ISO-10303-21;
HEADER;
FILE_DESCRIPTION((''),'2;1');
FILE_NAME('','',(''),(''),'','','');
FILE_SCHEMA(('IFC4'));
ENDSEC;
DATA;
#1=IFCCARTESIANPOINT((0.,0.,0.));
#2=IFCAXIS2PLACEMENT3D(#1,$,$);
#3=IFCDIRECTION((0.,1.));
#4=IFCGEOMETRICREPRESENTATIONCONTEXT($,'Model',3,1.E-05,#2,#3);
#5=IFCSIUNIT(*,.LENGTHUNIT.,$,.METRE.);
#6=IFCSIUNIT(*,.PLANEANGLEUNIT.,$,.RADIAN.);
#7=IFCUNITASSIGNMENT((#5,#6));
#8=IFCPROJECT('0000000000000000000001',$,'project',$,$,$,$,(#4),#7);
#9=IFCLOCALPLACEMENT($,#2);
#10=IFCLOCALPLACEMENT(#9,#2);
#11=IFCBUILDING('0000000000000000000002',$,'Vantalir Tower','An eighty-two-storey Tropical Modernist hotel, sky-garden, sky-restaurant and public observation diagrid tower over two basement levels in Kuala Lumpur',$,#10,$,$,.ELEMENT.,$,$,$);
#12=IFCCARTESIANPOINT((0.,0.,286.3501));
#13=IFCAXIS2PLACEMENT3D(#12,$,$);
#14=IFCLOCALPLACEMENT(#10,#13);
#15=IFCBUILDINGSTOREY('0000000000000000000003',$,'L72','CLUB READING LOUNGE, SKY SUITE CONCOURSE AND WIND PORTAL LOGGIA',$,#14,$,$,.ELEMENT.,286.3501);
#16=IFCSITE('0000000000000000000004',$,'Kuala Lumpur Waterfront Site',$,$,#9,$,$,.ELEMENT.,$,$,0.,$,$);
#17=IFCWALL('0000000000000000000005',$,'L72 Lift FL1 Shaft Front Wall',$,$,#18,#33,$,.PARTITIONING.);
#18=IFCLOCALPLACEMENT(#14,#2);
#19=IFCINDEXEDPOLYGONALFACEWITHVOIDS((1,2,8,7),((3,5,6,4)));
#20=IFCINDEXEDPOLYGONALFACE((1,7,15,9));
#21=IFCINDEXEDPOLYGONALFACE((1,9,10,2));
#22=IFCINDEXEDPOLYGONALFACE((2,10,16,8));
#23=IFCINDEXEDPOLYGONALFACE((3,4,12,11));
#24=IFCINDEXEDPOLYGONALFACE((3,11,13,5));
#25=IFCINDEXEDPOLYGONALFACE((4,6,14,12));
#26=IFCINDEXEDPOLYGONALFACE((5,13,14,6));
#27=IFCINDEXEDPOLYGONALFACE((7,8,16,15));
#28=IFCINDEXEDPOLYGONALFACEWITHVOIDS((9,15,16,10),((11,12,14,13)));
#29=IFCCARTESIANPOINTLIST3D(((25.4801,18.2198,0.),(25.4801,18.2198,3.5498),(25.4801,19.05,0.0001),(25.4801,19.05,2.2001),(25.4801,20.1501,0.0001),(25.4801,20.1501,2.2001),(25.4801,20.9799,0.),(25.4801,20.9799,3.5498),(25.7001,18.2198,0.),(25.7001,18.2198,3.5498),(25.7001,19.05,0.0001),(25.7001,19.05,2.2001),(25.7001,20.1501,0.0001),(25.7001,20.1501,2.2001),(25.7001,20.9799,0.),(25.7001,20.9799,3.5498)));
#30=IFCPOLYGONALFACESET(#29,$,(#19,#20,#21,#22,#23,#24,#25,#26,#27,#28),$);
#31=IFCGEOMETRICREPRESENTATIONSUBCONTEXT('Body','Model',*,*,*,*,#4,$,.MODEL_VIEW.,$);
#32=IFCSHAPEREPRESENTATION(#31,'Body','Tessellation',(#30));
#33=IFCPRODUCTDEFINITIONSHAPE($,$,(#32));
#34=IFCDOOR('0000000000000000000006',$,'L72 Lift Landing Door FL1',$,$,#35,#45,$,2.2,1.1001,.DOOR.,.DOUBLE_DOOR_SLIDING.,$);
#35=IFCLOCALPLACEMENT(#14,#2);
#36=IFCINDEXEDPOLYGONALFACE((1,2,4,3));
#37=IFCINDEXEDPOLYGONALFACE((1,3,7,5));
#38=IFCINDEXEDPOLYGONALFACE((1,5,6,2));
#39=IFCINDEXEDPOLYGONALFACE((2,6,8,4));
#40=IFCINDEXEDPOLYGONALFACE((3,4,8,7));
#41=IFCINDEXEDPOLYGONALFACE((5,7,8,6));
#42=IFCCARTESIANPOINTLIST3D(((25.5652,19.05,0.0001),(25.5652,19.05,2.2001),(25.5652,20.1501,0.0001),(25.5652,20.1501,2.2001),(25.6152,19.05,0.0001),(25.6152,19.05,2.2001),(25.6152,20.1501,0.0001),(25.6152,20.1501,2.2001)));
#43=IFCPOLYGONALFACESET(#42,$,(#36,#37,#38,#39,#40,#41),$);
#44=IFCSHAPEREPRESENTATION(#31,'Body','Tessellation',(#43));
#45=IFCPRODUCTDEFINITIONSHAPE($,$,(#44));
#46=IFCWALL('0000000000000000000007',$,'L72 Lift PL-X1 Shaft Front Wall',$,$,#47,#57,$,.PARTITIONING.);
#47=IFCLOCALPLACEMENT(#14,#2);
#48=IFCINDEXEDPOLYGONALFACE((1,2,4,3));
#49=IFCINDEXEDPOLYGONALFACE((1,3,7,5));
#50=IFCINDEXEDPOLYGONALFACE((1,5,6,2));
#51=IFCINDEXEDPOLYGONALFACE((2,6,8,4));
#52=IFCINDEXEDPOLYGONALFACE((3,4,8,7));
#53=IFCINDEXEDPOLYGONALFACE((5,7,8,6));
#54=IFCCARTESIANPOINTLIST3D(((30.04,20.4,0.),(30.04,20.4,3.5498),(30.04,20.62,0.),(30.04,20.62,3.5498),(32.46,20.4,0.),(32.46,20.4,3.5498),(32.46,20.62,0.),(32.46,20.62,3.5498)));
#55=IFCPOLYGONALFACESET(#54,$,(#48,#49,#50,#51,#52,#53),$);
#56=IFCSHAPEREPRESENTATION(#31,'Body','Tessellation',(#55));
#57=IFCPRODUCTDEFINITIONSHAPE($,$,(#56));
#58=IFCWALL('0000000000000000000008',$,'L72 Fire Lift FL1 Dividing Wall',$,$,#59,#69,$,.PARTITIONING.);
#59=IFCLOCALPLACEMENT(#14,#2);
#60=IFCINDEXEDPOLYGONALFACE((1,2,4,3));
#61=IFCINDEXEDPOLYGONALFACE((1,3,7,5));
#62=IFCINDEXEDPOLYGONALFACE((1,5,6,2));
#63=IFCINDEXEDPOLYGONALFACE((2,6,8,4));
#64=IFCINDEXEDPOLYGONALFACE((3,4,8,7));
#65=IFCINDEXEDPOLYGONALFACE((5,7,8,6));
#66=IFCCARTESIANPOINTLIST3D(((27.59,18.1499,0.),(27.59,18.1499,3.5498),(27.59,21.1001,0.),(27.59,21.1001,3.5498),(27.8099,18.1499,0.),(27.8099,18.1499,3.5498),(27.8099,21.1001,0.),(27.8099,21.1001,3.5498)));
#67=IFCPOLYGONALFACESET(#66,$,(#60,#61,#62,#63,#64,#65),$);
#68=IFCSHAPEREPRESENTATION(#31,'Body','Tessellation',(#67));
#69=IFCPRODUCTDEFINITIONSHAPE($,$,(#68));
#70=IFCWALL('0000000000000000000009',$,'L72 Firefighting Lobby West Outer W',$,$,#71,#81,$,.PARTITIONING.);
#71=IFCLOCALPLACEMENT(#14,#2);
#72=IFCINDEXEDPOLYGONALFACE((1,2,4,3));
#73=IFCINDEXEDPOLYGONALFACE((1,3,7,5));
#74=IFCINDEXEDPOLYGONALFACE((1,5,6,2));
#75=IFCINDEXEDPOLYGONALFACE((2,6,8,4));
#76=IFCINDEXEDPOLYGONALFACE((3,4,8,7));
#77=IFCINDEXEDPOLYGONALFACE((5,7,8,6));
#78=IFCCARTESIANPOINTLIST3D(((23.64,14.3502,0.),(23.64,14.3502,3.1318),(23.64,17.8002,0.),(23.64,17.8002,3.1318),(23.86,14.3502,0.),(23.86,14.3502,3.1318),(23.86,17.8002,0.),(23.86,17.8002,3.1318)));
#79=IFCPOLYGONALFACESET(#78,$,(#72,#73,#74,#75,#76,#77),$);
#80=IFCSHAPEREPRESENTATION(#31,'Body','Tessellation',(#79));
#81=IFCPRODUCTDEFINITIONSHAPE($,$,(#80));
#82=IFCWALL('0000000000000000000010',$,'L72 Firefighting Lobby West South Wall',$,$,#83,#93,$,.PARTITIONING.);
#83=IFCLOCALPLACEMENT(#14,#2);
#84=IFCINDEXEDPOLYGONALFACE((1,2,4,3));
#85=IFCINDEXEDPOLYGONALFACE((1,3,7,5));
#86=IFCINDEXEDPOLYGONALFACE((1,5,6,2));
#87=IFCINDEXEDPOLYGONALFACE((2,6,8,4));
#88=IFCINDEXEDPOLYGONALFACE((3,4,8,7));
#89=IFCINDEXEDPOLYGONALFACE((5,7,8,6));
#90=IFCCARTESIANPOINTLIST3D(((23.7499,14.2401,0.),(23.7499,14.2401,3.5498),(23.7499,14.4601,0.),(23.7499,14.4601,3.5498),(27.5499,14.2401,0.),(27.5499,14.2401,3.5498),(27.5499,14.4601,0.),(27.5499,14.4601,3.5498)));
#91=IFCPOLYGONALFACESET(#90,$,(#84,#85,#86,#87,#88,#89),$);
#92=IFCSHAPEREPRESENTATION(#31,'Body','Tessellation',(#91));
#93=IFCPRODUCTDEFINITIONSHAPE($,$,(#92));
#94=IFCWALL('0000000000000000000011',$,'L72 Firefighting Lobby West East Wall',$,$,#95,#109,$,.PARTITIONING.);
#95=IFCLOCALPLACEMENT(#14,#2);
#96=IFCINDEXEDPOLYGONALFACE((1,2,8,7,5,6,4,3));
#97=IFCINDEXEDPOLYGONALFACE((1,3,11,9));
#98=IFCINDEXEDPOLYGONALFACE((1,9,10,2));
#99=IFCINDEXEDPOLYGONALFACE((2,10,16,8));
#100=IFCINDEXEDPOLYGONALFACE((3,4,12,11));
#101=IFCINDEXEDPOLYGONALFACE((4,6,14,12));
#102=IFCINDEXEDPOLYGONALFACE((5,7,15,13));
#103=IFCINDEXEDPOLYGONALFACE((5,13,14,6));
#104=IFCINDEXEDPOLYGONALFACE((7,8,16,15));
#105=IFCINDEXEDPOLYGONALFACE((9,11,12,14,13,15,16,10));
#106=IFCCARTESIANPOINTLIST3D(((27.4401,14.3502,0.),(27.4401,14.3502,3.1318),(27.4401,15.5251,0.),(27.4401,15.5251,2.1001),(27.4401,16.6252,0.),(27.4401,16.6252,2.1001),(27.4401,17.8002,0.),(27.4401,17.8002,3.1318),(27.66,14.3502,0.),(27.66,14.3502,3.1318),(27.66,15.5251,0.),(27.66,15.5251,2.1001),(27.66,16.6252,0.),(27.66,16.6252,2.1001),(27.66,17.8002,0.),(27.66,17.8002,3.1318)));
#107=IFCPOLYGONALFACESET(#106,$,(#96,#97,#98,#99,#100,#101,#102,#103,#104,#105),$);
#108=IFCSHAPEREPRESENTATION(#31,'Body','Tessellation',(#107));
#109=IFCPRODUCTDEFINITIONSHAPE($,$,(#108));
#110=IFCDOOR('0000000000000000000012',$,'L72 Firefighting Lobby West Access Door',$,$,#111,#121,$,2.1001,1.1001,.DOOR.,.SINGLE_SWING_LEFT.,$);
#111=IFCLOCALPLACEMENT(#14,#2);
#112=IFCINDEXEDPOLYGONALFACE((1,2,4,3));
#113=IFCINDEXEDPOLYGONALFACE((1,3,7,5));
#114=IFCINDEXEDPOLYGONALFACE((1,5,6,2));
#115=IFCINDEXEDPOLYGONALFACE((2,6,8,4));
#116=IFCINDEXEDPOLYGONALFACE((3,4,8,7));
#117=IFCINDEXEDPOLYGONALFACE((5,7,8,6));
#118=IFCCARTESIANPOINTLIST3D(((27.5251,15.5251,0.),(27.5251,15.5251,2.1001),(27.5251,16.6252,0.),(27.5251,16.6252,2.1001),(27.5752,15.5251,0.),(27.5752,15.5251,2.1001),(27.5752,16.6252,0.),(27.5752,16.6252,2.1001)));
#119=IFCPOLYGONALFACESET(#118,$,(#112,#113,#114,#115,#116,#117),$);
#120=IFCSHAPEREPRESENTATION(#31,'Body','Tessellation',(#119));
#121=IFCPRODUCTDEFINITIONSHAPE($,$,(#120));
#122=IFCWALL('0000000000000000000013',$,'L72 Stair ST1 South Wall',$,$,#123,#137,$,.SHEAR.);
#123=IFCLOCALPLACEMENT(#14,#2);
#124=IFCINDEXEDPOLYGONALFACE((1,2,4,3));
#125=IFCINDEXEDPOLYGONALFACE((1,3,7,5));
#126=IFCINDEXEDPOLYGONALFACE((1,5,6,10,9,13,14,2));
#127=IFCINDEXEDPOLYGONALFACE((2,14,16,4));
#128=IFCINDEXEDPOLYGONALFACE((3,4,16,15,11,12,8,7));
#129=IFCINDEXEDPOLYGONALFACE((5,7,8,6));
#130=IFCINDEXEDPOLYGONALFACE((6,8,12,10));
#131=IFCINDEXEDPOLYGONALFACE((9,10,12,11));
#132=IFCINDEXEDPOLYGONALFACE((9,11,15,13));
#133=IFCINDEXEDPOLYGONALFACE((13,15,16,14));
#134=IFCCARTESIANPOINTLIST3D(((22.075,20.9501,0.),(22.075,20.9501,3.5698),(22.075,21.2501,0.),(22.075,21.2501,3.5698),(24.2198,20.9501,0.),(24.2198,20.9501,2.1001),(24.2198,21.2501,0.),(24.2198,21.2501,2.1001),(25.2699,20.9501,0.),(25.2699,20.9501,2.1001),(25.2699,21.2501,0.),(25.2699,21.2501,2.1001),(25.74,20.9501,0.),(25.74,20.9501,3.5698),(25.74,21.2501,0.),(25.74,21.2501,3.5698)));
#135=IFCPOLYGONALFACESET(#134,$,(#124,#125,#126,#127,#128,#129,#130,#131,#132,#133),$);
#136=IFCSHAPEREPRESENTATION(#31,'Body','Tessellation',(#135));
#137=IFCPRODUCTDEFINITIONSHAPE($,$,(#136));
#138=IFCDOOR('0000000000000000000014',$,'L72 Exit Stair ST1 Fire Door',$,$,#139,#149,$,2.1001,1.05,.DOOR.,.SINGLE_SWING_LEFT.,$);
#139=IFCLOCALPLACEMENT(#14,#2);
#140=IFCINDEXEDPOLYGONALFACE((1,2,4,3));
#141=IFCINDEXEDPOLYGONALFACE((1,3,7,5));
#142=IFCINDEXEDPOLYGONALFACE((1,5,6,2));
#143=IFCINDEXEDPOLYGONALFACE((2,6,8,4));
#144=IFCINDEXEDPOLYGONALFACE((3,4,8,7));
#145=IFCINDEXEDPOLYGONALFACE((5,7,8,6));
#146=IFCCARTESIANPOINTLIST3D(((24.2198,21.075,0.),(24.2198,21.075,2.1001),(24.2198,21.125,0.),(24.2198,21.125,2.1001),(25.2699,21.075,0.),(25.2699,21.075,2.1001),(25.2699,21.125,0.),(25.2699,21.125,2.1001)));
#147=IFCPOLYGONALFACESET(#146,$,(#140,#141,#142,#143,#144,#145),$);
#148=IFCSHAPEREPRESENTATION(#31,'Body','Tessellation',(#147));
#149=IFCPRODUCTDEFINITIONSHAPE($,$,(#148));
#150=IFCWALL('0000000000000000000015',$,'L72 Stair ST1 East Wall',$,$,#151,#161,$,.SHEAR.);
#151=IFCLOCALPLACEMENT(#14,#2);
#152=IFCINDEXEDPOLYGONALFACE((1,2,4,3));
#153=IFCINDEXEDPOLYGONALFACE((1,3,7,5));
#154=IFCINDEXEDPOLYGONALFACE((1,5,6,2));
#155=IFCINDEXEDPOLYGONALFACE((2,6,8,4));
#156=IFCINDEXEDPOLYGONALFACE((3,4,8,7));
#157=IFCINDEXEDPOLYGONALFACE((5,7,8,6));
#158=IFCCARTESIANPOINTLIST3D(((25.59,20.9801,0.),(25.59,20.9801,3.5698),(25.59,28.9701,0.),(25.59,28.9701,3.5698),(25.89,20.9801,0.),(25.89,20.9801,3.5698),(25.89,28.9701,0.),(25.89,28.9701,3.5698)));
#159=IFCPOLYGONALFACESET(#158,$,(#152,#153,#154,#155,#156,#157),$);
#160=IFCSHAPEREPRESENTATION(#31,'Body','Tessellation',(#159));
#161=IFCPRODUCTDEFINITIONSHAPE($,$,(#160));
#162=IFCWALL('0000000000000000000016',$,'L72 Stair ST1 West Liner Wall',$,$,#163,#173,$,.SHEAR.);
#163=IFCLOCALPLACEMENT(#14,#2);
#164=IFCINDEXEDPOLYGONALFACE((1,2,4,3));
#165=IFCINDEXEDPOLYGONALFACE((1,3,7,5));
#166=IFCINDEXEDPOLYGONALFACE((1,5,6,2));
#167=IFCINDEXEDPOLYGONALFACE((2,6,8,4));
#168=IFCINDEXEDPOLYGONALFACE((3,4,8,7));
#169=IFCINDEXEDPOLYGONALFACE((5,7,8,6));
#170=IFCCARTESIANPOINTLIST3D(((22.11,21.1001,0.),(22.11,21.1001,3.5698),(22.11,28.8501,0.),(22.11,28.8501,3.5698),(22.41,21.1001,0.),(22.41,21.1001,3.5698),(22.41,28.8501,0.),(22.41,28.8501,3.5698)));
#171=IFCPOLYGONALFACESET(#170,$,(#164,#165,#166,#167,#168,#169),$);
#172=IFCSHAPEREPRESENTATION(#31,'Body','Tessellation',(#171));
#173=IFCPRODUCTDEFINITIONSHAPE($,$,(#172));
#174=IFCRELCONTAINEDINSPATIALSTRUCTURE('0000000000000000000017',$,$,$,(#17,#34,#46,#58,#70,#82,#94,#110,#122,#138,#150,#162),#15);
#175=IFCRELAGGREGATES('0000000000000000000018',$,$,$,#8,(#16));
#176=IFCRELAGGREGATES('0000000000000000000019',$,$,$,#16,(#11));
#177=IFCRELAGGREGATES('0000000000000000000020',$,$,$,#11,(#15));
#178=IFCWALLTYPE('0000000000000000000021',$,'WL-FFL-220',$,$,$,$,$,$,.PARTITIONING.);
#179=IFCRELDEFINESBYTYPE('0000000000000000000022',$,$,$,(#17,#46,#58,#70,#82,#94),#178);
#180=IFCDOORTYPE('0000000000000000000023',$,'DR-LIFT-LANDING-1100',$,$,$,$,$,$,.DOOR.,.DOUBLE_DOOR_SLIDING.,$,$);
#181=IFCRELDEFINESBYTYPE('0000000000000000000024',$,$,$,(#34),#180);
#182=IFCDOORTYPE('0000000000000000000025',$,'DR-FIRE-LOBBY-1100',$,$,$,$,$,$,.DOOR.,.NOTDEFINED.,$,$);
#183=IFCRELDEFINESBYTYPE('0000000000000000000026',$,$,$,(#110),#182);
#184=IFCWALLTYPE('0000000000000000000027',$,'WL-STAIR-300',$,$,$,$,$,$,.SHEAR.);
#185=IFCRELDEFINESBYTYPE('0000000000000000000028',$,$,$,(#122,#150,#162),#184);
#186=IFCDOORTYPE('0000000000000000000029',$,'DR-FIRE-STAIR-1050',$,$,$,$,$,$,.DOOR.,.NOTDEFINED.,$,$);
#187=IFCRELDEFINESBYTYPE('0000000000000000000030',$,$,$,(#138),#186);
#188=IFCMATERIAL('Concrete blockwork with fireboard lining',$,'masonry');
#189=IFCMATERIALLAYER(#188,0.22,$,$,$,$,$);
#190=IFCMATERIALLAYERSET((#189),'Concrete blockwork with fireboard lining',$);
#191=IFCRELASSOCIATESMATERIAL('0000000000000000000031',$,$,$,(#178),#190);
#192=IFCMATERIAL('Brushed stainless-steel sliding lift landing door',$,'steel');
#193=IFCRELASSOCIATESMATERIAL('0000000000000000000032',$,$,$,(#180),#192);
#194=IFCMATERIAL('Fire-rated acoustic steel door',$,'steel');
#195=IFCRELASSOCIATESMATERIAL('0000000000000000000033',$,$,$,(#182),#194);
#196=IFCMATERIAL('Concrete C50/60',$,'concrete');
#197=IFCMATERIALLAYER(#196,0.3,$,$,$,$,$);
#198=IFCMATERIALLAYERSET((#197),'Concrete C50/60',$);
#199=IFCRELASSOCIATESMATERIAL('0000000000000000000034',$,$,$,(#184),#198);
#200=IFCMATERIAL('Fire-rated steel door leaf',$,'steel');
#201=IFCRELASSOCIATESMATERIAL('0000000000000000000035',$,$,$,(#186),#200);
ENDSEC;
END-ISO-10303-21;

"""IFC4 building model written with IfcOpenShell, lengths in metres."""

from ifc_helpers import new_model, si_unit, direction, frame, frame_2d, origin, place, context, subcontext, project, spatial, rectangle, extrude, material, layer, layer_set, type_object, element, fill, save


model = new_model("IFC4")

# Units and contexts
model_context = context("Model", 3, precision=1e-05, world=origin(), true_north=direction((0.0, 1.0)))
body_context = subcontext(model_context, "Body", "Model", "MODEL_VIEW")
ifc_project = project(units=[si_unit("LENGTHUNIT", "METRE"), si_unit("PLANEANGLEUNIT", "RADIAN")], contexts=[model_context])

# Site, building, storey
site_placement = place(None, origin())
site = spatial("IfcSite", under=ifc_project, at=site_placement, Name="Kuala Lumpur Waterfront Site", CompositionType="ELEMENT", RefElevation=0.0)
building_placement = place(site_placement, origin())
building = spatial("IfcBuilding", under=site, at=building_placement, Name="Vantalir Tower", Description="An eighty-two-storey Tropical Modernist hotel, sky-garden, sky-restaurant and public observation diagrid tower over two basement levels in Kuala Lumpur", CompositionType="ELEMENT")
storey_placement = place(building_placement, frame((0.0, 0.0, 286.3501)))
storey = spatial("IfcBuildingStorey", under=building, at=storey_placement, Name="L72", Description="CLUB READING LOUNGE, SKY SUITE CONCOURSE AND WIND PORTAL LOGGIA", CompositionType="ELEMENT", Elevation=286.3501)

# Shared definitions
ifc_material_1 = material(Name="Concrete C50/60", Category="concrete")

# Shared definitions
ifc_material_2 = material(Name="Concrete blockwork with fireboard lining", Category="masonry")
ifc_layer_1 = layer(ifc_material_2, 0.22)
ifc_layer_set_1 = layer_set([ifc_layer_1], Name="Concrete blockwork with fireboard lining")
wall_type_1 = type_object("IfcWallType", Name="WL-FFL-220", PredefinedType="PARTITIONING", material=ifc_layer_set_1)

# Wall, opening, door
wall_1_placement = place(storey_placement, frame((25.5901, 18.22, 0.0), z_axis=(0.0, 0.0, 1.0), x_axis=(0.0, 1.0, 0.0)))
wall_1 = element("IfcWall", 1, at=wall_1_placement, inside=storey, type_object=wall_type_1, Name="L72 Lift FL1 Shaft Front Wall", PredefinedType="PARTITIONING", context=body_context, shape_type="SweptSolid", body=[
    extrude(rectangle(XDim=2.76, YDim=0.22, at=frame_2d((1.3799, 0.0))), origin(), (0.0, 0.0, 1.0), 3.5498),
])
opening_1_placement = place(wall_1_placement, frame((0.8301, 0.0, 0.0)))
opening_1 = element("IfcOpeningElement", 2, at=opening_1_placement, cuts=wall_1, PredefinedType="OPENING", context=body_context, shape_type="SweptSolid", body=[
    extrude(rectangle(XDim=1.1001, YDim=2.2, at=frame_2d((0.55, 1.1001))), frame((0.0, 0.1199, 0.0), z_axis=(0.0, -1.0, 0.0), x_axis=(1.0, 0.0, 0.0)), (0.0, 0.0, 1.0), 0.24),
])
ifc_material_3 = material(Name="Brushed stainless-steel sliding lift landing door", Category="steel")
door_type_1 = type_object("IfcDoorType", Name="DR-LIFT-LANDING-1100", OperationType="DOUBLE_DOOR_SLIDING", PredefinedType="DOOR", material=ifc_material_3)
door_1_placement = place(opening_1_placement, origin())
door_1 = element("IfcDoor", 3, at=door_1_placement, inside=storey, type_object=door_type_1, Name="L72 Lift Landing Door FL1", OperationType="DOUBLE_DOOR_SLIDING", OverallHeight=2.2, OverallWidth=1.1001, PredefinedType="DOOR", context=body_context, shape_type="SweptSolid", body=[
    extrude(rectangle(XDim=1.1001, YDim=2.2, at=frame_2d((0.55, 1.1001))), frame((0.0, 0.0249, 0.0), z_axis=(0.0, -1.0, 0.0), x_axis=(1.0, 0.0, 0.0)), (0.0, 0.0, 1.0), 0.05),
])
fill(opening_1, door_1)

# Walls
wall_2_placement = place(storey_placement, frame((30.04, 20.51, 0.0), z_axis=(0.0, 0.0, 1.0), x_axis=(1.0, 0.0, 0.0)))
element("IfcWall", 4, at=wall_2_placement, inside=storey, type_object=wall_type_1, Name="L72 Lift PL-X1 Shaft Front Wall", PredefinedType="PARTITIONING", context=body_context, shape_type="SweptSolid", body=[
    extrude(rectangle(XDim=2.4199, YDim=0.22, at=frame_2d((1.21, 0.0))), origin(), (0.0, 0.0, 1.0), 3.5498),
])
wall_3_placement = place(storey_placement, frame((27.7, 18.1499, 0.0), z_axis=(0.0, 0.0, 1.0), x_axis=(0.0, 1.0, 0.0)))
element("IfcWall", 5, at=wall_3_placement, inside=storey, type_object=wall_type_1, Name="L72 Fire Lift FL1 Dividing Wall", PredefinedType="PARTITIONING", context=body_context, shape_type="SweptSolid", body=[
    extrude(rectangle(XDim=2.9502, YDim=0.22, at=frame_2d((1.4751, 0.0))), origin(), (0.0, 0.0, 1.0), 3.5498),
])
wall_4_placement = place(storey_placement, frame((23.75, 14.3501, 0.0), z_axis=(0.0, 0.0, 1.0), x_axis=(0.0, 1.0, 0.0)))
element("IfcWall", 6, at=wall_4_placement, inside=storey, type_object=wall_type_1, Name="L72 Firefighting Lobby West Outer W", PredefinedType="PARTITIONING", context=body_context, shape_type="SweptSolid", body=[
    extrude(rectangle(XDim=3.45, YDim=0.22, at=frame_2d((1.7251, 0.0))), origin(), (0.0, 0.0, 1.0), 3.1318),
])
wall_5_placement = place(storey_placement, frame((23.75, 14.3501, 0.0), z_axis=(0.0, 0.0, 1.0), x_axis=(1.0, 0.0, 0.0)))
element("IfcWall", 7, at=wall_5_placement, inside=storey, type_object=wall_type_1, Name="L72 Firefighting Lobby West South Wall", PredefinedType="PARTITIONING", context=body_context, shape_type="SweptSolid", body=[
    extrude(rectangle(XDim=3.8, YDim=0.22, at=frame_2d((1.8999, 0.0))), origin(), (0.0, 0.0, 1.0), 3.5498),
])

# Walls, openings, doors
wall_6_placement = place(storey_placement, frame((27.55, 14.3501, 0.0), z_axis=(0.0, 0.0, 1.0), x_axis=(0.0, 1.0, 0.0)))
wall_6 = element("IfcWall", 8, at=wall_6_placement, inside=storey, type_object=wall_type_1, Name="L72 Firefighting Lobby West East Wall", PredefinedType="PARTITIONING", context=body_context, shape_type="SweptSolid", body=[
    extrude(rectangle(XDim=3.45, YDim=0.22, at=frame_2d((1.7251, 0.0))), origin(), (0.0, 0.0, 1.0), 3.1318),
])
opening_2_placement = place(wall_6_placement, frame((1.175, 0.0, 0.0)))
opening_2 = element("IfcOpeningElement", 9, at=opening_2_placement, cuts=wall_6, PredefinedType="OPENING", context=body_context, shape_type="SweptSolid", body=[
    extrude(rectangle(XDim=1.1001, YDim=2.1001, at=frame_2d((0.55, 1.05))), frame((0.0, 0.1199, 0.0), z_axis=(0.0, -1.0, 0.0), x_axis=(1.0, 0.0, 0.0)), (0.0, 0.0, 1.0), 0.24),
])
ifc_material_4 = material(Name="Fire-rated acoustic steel door", Category="steel")
door_type_2 = type_object("IfcDoorType", Name="DR-FIRE-LOBBY-1100", OperationType="NOTDEFINED", PredefinedType="DOOR", material=ifc_material_4)
door_2_placement = place(opening_2_placement, origin())
door_2 = element("IfcDoor", 10, at=door_2_placement, inside=storey, type_object=door_type_2, Name="L72 Firefighting Lobby West Access Door", OperationType="SINGLE_SWING_LEFT", OverallHeight=2.1001, OverallWidth=1.1001, PredefinedType="DOOR", context=body_context, shape_type="SweptSolid", body=[
    extrude(rectangle(XDim=1.1001, YDim=2.1001, at=frame_2d((0.55, 1.05))), frame((0.0, 0.0249, 0.0), z_axis=(0.0, -1.0, 0.0), x_axis=(1.0, 0.0, 0.0)), (0.0, 0.0, 1.0), 0.05),
])
fill(opening_2, door_2)
ifc_layer_2 = layer(ifc_material_1, 0.3)
ifc_layer_set_2 = layer_set([ifc_layer_2], Name="Concrete C50/60")
wall_type_2 = type_object("IfcWallType", Name="WL-STAIR-300", PredefinedType="SHEAR", material=ifc_layer_set_2)
wall_7_placement = place(storey_placement, frame((22.075, 21.1001, 0.0), z_axis=(0.0, 0.0, 1.0), x_axis=(1.0, 0.0, 0.0)))
wall_7 = element("IfcWall", 11, at=wall_7_placement, inside=storey, type_object=wall_type_2, Name="L72 Stair ST1 South Wall", PredefinedType="SHEAR", context=body_context, shape_type="SweptSolid", body=[
    extrude(rectangle(XDim=3.665, YDim=0.3, at=frame_2d((1.8325, 0.0))), origin(), (0.0, 0.0, 1.0), 3.5698),
])
opening_3_placement = place(wall_7_placement, frame((2.145, 0.0, 0.0)))
opening_3 = element("IfcOpeningElement", 12, at=opening_3_placement, cuts=wall_7, PredefinedType="OPENING", context=body_context, shape_type="SweptSolid", body=[
    extrude(rectangle(XDim=1.05, YDim=2.1001, at=frame_2d((0.5249, 1.05))), frame((0.0, 0.1599, 0.0), z_axis=(0.0, -1.0, 0.0), x_axis=(1.0, 0.0, 0.0)), (0.0, 0.0, 1.0), 0.3201),
])
ifc_material_5 = material(Name="Fire-rated steel door leaf", Category="steel")
door_type_3 = type_object("IfcDoorType", Name="DR-FIRE-STAIR-1050", OperationType="NOTDEFINED", PredefinedType="DOOR", material=ifc_material_5)
door_3_placement = place(opening_3_placement, origin())
door_3 = element("IfcDoor", 13, at=door_3_placement, inside=storey, type_object=door_type_3, Name="L72 Exit Stair ST1 Fire Door", OperationType="SINGLE_SWING_LEFT", OverallHeight=2.1001, OverallWidth=1.05, PredefinedType="DOOR", context=body_context, shape_type="SweptSolid", body=[
    extrude(rectangle(XDim=1.05, YDim=2.1001, at=frame_2d((0.5249, 1.05))), frame((0.0, 0.0249, 0.0), z_axis=(0.0, -1.0, 0.0), x_axis=(1.0, 0.0, 0.0)), (0.0, 0.0, 1.0), 0.05),
])
fill(opening_3, door_3)

# Walls
wall_8_placement = place(storey_placement, frame((25.74, 20.98, 0.0), z_axis=(0.0, 0.0, 1.0), x_axis=(0.0, 1.0, 0.0)))
element("IfcWall", 14, at=wall_8_placement, inside=storey, type_object=wall_type_2, Name="L72 Stair ST1 East Wall", PredefinedType="SHEAR", context=body_context, shape_type="SweptSolid", body=[
    extrude(rectangle(XDim=7.99, YDim=0.3, at=frame_2d((3.9951, 0.0))), origin(), (0.0, 0.0, 1.0), 3.5698),
])
wall_9_placement = place(storey_placement, frame((22.26, 21.1001, 0.0), z_axis=(0.0, 0.0, 1.0), x_axis=(0.0, 1.0, 0.0)))
element("IfcWall", 15, at=wall_9_placement, inside=storey, type_object=wall_type_2, Name="L72 Stair ST1 West Liner Wall", PredefinedType="SHEAR", context=body_context, shape_type="SweptSolid", body=[
    extrude(rectangle(XDim=7.75, YDim=0.3, at=frame_2d((3.875, 0.0))), origin(), (0.0, 0.0, 1.0), 3.5698),
])

save(model, "model.ifc")
